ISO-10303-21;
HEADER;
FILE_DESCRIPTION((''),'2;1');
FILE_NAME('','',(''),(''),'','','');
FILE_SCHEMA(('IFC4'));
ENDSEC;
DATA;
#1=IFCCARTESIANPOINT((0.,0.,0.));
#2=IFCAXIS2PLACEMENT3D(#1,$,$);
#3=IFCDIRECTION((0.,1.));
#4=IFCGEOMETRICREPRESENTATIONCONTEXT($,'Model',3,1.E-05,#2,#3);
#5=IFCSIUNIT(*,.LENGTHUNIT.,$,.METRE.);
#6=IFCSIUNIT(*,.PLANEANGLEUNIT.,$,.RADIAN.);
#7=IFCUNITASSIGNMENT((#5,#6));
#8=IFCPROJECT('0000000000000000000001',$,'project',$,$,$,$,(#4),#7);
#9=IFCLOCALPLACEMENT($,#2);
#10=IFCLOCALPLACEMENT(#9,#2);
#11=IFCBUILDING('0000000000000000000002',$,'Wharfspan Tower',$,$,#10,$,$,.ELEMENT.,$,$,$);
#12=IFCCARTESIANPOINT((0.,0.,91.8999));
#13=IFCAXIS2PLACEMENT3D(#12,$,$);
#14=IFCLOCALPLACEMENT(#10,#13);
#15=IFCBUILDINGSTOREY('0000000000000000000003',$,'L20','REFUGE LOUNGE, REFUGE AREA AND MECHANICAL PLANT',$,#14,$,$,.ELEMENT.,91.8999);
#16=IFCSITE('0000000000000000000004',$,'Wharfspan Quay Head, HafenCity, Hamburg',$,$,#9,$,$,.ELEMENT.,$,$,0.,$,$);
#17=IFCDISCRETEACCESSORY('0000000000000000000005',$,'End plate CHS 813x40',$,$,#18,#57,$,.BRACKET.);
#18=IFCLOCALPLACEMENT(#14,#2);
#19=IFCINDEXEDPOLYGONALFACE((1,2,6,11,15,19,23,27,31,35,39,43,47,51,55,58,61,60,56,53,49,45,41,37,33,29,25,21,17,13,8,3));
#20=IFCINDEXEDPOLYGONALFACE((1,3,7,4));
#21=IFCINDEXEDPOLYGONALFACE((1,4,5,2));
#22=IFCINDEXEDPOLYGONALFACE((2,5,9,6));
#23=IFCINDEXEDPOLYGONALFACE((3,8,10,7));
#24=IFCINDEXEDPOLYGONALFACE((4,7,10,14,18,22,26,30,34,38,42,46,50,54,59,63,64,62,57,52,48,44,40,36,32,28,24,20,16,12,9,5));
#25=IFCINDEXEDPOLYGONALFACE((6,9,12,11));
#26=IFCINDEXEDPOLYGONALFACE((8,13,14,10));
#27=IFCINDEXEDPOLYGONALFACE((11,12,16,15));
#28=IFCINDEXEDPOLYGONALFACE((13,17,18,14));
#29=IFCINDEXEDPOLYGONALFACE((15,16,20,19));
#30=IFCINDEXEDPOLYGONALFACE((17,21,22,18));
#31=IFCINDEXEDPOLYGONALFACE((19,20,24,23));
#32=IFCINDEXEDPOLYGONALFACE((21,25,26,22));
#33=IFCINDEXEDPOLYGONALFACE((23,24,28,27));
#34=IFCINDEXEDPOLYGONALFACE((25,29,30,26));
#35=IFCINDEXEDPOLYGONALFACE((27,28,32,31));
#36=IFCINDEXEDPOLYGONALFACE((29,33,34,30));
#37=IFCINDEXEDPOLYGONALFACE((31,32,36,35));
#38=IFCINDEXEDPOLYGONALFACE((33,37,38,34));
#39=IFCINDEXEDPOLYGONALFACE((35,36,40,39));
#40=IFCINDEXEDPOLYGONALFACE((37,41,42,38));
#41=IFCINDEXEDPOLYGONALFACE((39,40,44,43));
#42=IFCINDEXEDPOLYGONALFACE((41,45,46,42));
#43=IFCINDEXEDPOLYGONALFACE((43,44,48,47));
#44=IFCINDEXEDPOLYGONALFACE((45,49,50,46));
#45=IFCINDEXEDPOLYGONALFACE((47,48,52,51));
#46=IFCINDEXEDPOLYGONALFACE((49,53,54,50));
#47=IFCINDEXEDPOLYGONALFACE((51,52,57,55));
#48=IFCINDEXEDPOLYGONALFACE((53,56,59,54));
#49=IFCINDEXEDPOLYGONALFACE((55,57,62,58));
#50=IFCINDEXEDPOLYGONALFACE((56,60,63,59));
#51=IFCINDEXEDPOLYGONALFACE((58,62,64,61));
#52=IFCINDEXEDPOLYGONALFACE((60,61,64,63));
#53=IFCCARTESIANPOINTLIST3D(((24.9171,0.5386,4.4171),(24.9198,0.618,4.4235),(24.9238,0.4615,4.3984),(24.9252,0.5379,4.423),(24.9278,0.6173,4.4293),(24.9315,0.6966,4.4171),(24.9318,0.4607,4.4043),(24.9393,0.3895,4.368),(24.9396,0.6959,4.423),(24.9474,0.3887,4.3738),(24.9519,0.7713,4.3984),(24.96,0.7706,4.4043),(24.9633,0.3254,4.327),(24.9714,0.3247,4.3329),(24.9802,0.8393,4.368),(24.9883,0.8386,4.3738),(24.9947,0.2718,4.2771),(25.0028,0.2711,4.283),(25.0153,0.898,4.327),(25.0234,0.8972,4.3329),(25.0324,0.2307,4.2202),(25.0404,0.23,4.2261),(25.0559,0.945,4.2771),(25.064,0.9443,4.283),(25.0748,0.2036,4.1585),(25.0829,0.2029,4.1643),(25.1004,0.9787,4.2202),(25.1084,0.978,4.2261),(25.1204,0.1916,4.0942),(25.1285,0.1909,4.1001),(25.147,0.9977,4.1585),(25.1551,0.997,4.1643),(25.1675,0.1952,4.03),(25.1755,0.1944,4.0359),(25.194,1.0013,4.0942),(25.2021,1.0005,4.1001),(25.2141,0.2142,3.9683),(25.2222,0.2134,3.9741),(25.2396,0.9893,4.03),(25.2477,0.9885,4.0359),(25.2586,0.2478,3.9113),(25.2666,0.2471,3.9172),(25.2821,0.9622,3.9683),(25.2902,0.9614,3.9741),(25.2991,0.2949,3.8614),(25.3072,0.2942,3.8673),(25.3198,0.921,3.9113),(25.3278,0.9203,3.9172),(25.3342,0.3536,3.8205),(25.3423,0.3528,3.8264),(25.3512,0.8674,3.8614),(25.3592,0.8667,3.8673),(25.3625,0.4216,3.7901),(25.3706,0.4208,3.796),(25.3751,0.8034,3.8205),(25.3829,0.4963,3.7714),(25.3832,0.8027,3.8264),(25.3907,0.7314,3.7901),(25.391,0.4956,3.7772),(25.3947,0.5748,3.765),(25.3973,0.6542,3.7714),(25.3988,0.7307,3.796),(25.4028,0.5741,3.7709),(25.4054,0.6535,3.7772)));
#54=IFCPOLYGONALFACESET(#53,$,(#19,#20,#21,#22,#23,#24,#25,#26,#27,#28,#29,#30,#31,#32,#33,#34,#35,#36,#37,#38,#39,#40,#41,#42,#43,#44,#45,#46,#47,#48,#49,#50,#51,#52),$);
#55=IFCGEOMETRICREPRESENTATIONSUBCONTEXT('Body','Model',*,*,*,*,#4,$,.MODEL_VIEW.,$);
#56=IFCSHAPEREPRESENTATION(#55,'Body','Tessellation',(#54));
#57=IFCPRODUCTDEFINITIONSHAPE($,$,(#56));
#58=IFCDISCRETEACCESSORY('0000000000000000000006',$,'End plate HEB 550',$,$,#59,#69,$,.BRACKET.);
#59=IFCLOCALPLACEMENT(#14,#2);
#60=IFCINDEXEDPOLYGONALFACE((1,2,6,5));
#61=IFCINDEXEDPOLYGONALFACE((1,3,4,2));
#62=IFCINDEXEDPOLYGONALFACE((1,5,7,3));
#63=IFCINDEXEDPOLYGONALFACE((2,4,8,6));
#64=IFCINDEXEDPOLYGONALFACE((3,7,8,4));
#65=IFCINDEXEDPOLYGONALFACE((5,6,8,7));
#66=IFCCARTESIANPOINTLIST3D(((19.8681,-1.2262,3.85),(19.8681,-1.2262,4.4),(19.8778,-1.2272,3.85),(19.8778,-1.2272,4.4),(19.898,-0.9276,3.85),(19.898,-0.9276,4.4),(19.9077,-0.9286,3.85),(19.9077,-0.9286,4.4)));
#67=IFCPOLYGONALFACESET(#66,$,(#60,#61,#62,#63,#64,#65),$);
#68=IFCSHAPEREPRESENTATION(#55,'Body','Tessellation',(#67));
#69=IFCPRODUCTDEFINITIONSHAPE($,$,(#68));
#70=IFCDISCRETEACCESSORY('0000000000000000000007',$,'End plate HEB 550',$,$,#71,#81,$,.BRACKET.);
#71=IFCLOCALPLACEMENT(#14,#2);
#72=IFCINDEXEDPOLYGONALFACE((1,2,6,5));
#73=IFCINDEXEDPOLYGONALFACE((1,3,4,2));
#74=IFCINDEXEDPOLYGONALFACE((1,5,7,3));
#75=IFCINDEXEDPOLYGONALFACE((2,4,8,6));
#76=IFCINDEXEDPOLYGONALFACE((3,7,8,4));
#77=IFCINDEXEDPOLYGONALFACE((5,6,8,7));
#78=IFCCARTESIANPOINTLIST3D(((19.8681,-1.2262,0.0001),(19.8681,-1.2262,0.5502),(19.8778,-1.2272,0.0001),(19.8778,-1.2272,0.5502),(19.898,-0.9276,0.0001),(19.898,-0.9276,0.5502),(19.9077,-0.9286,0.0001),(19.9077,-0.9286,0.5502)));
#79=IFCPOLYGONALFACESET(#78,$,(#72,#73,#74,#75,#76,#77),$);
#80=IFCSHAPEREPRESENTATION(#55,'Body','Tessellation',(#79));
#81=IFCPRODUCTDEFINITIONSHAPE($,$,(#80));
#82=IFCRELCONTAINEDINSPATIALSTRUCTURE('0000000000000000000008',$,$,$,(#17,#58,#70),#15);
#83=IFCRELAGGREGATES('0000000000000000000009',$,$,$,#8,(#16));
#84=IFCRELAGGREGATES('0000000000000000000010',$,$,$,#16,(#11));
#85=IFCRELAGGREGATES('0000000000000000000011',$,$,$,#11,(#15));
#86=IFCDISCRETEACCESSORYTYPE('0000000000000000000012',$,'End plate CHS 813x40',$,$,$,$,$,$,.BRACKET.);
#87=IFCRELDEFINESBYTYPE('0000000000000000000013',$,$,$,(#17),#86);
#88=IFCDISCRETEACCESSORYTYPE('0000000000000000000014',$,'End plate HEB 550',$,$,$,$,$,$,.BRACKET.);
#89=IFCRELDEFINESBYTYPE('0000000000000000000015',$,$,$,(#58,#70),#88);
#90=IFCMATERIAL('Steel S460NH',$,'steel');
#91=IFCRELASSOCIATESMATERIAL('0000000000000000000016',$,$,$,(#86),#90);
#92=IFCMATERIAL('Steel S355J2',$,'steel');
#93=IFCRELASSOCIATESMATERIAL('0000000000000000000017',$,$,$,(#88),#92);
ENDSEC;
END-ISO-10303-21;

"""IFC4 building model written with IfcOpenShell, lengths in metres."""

from ifc_helpers import new_model, si_unit, direction, frame, origin, origin_2d, place, context, subcontext, project, spatial, rectangle, circle, extrude, material, material_profile, profile_set, type_object, element, save


model = new_model("IFC4")

# Units and contexts
model_context = context("Model", 3, precision=1e-05, world=origin(), true_north=direction((0.0, 1.0)))
body_context = subcontext(model_context, "Body", "Model", "MODEL_VIEW")
ifc_project = project(units=[si_unit("LENGTHUNIT", "METRE"), si_unit("PLANEANGLEUNIT", "RADIAN")], contexts=[model_context])

# Site, building, storey
site_placement = place(None, origin())
site = spatial("IfcSite", under=ifc_project, at=site_placement, Name="Wharfspan Quay Head, HafenCity, Hamburg", CompositionType="ELEMENT", RefElevation=0.0)
building_placement = place(site_placement, origin())
building = spatial("IfcBuilding", under=site, at=building_placement, Name="Wharfspan Tower", CompositionType="ELEMENT")
storey_placement = place(building_placement, frame((0.0, 0.0, 91.8999)))
storey = spatial("IfcBuildingStorey", under=building, at=storey_placement, Name="L20", Description="REFUGE LOUNGE, REFUGE AREA AND MECHANICAL PLANT", CompositionType="ELEMENT", Elevation=91.8999)

# Shared definitions
ifc_material_1 = material(Name="Steel S355J2", Category="steel")

# Shared definitions
ifc_material_2 = material(Name="Steel S460NH", Category="steel")

# Discrete accessories
ifc_material_profile_1 = material_profile(ifc_material_2, circle(Radius=0.4065, at=origin_2d()))
ifc_profile_set_1 = profile_set([ifc_material_profile_1], Name="Steel S460NH")
discrete_accessory_type_1 = type_object("IfcDiscreteAccessoryType", Name="End plate CHS 813x40", PredefinedType="BRACKET", material=ifc_profile_set_1)
discrete_accessory_1_placement = place(storey_placement, frame((25.1572, 0.5964, 4.0942), z_axis=(0.806559, -0.073324, 0.586588), x_axis=(0.090536, 0.99589, 0.0)))
element("IfcDiscreteAccessory", 1, at=discrete_accessory_1_placement, inside=storey, type_object=discrete_accessory_type_1, Name="End plate CHS 813x40", PredefinedType="BRACKET", context=body_context, shape_type="SweptSolid", body=[
    extrude(circle(Radius=0.4065, at=origin_2d()), origin(), (0.0, 0.0, 1.0), 0.01),
])
ifc_material_profile_2 = material_profile(ifc_material_1, rectangle(XDim=0.3, YDim=0.55, at=origin_2d()))
ifc_profile_set_2 = profile_set([ifc_material_profile_2], Name="Steel S355J2")
discrete_accessory_type_2 = type_object("IfcDiscreteAccessoryType", Name="End plate HEB 550", PredefinedType="BRACKET", material=ifc_profile_set_2)
for number, where, z_axis, x_axis, name in (
    (2, (19.8831, -1.0769, 4.125), (0.995037, -0.099504, 0.0), (0.099504, 0.995037, 0.0), "End plate HEB 550"),
    (3, (19.8831, -1.0769, 0.2751), (0.995037, -0.099504, 0.0), (0.099504, 0.995037, 0.0), "End plate HEB 550"),
):
    element("IfcDiscreteAccessory", number, at=place(storey_placement, frame(where, z_axis=z_axis, x_axis=x_axis)), inside=storey, type_object=discrete_accessory_type_2, Name=name, PredefinedType="BRACKET", context=body_context, shape_type="SweptSolid", body=[
        extrude(rectangle(XDim=0.3, YDim=0.55, at=origin_2d()), origin(), (0.0, 0.0, 1.0), 0.0098),
    ])

save(model, "model.ifc")
